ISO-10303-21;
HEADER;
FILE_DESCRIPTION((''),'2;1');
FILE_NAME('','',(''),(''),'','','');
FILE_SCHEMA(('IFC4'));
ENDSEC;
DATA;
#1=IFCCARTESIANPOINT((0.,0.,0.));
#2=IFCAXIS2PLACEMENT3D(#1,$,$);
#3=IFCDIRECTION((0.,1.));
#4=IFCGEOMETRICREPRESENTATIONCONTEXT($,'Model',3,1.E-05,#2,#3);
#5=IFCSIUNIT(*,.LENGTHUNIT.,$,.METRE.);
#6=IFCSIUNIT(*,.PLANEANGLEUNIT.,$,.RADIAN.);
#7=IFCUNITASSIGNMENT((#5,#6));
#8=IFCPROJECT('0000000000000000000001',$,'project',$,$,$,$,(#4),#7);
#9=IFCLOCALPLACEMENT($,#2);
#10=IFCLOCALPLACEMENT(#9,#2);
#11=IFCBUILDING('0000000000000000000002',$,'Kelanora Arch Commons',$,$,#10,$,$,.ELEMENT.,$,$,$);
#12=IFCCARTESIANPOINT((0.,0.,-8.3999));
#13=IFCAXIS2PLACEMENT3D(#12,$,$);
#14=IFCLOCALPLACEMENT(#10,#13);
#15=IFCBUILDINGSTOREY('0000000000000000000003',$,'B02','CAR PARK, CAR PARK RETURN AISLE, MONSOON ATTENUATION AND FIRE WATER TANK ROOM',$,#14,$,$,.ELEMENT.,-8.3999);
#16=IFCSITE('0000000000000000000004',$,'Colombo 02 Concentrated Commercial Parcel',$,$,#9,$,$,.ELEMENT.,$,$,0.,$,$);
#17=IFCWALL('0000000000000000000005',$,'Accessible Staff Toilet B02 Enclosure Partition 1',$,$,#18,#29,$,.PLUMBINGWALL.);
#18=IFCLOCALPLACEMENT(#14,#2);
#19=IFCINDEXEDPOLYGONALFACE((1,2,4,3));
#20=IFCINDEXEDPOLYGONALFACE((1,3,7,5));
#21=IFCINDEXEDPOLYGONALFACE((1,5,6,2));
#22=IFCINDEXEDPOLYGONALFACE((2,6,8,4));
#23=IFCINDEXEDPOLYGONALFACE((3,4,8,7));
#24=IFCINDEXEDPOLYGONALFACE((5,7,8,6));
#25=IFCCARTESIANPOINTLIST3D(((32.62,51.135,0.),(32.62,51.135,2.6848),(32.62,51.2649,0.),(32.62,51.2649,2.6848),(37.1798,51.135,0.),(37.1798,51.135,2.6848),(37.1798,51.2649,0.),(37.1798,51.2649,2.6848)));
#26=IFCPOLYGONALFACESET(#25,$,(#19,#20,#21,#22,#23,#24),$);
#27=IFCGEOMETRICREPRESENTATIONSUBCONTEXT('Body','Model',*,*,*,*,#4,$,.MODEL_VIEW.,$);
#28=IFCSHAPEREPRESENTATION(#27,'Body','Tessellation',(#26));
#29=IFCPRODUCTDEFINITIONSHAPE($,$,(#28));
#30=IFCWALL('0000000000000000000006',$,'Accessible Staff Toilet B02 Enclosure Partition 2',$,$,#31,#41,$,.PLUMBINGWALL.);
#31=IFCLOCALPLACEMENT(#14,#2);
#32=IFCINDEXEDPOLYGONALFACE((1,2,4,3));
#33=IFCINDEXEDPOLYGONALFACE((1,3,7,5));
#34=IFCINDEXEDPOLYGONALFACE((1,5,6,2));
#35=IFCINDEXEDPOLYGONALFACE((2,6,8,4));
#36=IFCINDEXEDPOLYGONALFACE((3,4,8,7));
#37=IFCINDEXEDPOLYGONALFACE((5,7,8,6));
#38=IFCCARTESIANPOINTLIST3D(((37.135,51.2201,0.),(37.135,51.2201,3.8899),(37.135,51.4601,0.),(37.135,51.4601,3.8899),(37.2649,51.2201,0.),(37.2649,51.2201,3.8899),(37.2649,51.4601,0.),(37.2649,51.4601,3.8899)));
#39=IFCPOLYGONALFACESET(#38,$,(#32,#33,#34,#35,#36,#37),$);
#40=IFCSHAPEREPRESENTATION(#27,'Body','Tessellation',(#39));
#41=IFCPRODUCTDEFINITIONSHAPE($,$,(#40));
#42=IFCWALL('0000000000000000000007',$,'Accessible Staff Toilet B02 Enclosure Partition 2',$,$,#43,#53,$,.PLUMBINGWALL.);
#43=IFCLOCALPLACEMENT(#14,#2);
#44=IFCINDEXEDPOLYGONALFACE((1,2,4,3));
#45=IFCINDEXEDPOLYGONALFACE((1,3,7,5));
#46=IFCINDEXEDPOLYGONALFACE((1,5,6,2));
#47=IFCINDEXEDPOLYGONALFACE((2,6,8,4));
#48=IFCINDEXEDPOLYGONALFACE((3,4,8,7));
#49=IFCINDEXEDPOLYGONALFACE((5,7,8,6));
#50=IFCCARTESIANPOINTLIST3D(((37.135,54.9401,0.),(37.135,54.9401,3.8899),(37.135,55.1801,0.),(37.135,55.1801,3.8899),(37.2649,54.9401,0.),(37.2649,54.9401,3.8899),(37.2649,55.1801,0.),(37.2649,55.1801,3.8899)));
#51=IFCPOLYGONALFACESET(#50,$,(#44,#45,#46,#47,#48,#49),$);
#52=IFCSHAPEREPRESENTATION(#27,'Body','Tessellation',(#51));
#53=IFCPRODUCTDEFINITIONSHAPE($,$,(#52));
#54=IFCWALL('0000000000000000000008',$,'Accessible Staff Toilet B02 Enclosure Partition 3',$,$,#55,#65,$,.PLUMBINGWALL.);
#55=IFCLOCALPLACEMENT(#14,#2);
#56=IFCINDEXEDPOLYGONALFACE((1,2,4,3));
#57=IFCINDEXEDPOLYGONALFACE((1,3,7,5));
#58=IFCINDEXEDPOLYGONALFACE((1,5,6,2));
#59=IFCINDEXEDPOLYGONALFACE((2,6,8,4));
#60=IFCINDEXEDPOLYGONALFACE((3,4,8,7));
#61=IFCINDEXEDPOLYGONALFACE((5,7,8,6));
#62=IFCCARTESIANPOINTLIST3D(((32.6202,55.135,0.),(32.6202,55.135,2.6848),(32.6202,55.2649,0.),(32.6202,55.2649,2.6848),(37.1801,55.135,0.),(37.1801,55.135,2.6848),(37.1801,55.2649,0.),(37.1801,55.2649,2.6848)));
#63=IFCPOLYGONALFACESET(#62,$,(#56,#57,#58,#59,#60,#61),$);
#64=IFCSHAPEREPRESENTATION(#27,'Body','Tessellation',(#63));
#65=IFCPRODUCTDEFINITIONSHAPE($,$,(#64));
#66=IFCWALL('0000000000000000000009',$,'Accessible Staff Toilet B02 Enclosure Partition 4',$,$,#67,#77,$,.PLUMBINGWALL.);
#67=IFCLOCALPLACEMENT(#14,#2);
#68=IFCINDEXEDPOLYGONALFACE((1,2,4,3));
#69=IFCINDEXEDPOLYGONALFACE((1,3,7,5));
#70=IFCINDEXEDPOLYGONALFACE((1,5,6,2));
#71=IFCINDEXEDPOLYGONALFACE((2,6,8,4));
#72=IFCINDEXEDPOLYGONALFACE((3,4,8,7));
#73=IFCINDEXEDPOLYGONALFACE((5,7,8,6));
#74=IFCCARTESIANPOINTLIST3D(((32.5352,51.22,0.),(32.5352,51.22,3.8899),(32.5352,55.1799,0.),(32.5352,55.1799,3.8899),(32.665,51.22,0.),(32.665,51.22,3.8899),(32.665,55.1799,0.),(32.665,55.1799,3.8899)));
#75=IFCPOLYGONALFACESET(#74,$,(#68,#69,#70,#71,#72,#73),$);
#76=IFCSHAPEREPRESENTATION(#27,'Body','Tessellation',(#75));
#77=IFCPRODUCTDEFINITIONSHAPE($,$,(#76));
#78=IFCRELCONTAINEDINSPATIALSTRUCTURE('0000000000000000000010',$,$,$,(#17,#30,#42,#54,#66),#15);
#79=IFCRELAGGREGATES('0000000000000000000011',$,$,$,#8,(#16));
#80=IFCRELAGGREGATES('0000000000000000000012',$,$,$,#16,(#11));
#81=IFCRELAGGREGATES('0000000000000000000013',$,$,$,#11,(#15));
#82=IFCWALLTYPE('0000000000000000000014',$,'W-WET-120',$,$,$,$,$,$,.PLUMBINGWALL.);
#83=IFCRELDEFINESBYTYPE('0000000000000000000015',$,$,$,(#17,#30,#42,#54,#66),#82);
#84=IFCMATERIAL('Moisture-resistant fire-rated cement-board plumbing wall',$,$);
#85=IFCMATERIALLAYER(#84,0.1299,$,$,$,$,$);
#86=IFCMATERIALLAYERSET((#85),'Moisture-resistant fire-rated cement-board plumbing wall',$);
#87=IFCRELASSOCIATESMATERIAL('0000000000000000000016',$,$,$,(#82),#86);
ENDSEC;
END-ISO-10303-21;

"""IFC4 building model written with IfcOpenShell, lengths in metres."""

from ifc_helpers import new_model, si_unit, direction, frame, frame_2d, origin, place, context, subcontext, project, spatial, rectangle, extrude, material, layer, layer_set, type_object, element, save


model = new_model("IFC4")

# Units and contexts
model_context = context("Model", 3, precision=1e-05, world=origin(), true_north=direction((0.0, 1.0)))
body_context = subcontext(model_context, "Body", "Model", "MODEL_VIEW")
ifc_project = project(units=[si_unit("LENGTHUNIT", "METRE"), si_unit("PLANEANGLEUNIT", "RADIAN")], contexts=[model_context])

# Site, building, storey
site_placement = place(None, origin())
site = spatial("IfcSite", under=ifc_project, at=site_placement, Name="Colombo 02 Concentrated Commercial Parcel", CompositionType="ELEMENT", RefElevation=0.0)
building_placement = place(site_placement, origin())
building = spatial("IfcBuilding", under=site, at=building_placement, Name="Kelanora Arch Commons", CompositionType="ELEMENT")
storey_placement = place(building_placement, frame((0.0, 0.0, -8.3999)))
storey = spatial("IfcBuildingStorey", under=building, at=storey_placement, Name="B02", Description="CAR PARK, CAR PARK RETURN AISLE, MONSOON ATTENUATION AND FIRE WATER TANK ROOM", CompositionType="ELEMENT", Elevation=-8.3999)

# Shared definitions
ifc_material_1 = material(Name="Moisture-resistant fire-rated cement-board plumbing wall")
ifc_layer = layer(ifc_material_1, 0.1299)
ifc_layer_set = layer_set([ifc_layer], Name="Moisture-resistant fire-rated cement-board plumbing wall")
wall_type = type_object("IfcWallType", Name="W-WET-120", PredefinedType="PLUMBINGWALL", material=ifc_layer_set)

# Walls
wall_1_placement = place(storey_placement, frame((32.6201, 51.2, 0.0), z_axis=(0.0, 0.0, 1.0), x_axis=(1.0, 0.0, 0.0)))
element("IfcWall", 1, at=wall_1_placement, inside=storey, type_object=wall_type, Name="Accessible Staff Toilet B02 Enclosure Partition 1", PredefinedType="PLUMBINGWALL", context=body_context, shape_type="SweptSolid", body=[
    extrude(rectangle(XDim=4.5598, YDim=0.1299, at=frame_2d((2.2798, 0.0))), origin(), (0.0, 0.0, 1.0), 2.6848),
])
for number, where, z_axis, x_axis, name in (
    (2, (37.2, 51.22, 0.0), (0.0, 0.0, 1.0), (0.0, 1.0, 0.0), "Accessible Staff Toilet B02 Enclosure Partition 2"),
    (3, (37.2, 54.9399, 0.0), (0.0, 0.0, 1.0), (0.0, 1.0, 0.0), "Accessible Staff Toilet B02 Enclosure Partition 2"),
):
    element("IfcWall", number, at=place(storey_placement, frame(where, z_axis=z_axis, x_axis=x_axis)), inside=storey, type_object=wall_type, Name=name, PredefinedType="PLUMBINGWALL", context=body_context, shape_type="SweptSolid", body=[
        extrude(rectangle(XDim=0.24, YDim=0.1299, at=frame_2d((0.1201, 0.0))), origin(), (0.0, 0.0, 1.0), 3.8899),
    ])
wall_2_placement = place(storey_placement, frame((37.1799, 55.2, 0.0), z_axis=(0.0, 0.0, 1.0), x_axis=(-1.0, 0.0, 0.0)))
element("IfcWall", 4, at=wall_2_placement, inside=storey, type_object=wall_type, Name="Accessible Staff Toilet B02 Enclosure Partition 3", PredefinedType="PLUMBINGWALL", context=body_context, shape_type="SweptSolid", body=[
    extrude(rectangle(XDim=4.5598, YDim=0.1299, at=frame_2d((2.2798, 0.0))), origin(), (0.0, 0.0, 1.0), 2.6848),
])
wall_3_placement = place(storey_placement, frame((32.6001, 55.1799, 0.0), z_axis=(0.0, 0.0, 1.0), x_axis=(0.0, -1.0, 0.0)))
element("IfcWall", 5, at=wall_3_placement, inside=storey, type_object=wall_type, Name="Accessible Staff Toilet B02 Enclosure Partition 4", PredefinedType="PLUMBINGWALL", context=body_context, shape_type="SweptSolid", body=[
    extrude(rectangle(XDim=3.96, YDim=0.1299, at=frame_2d((1.98, 0.0))), origin(), (0.0, 0.0, 1.0), 3.8899),
])

save(model, "model.ifc")
